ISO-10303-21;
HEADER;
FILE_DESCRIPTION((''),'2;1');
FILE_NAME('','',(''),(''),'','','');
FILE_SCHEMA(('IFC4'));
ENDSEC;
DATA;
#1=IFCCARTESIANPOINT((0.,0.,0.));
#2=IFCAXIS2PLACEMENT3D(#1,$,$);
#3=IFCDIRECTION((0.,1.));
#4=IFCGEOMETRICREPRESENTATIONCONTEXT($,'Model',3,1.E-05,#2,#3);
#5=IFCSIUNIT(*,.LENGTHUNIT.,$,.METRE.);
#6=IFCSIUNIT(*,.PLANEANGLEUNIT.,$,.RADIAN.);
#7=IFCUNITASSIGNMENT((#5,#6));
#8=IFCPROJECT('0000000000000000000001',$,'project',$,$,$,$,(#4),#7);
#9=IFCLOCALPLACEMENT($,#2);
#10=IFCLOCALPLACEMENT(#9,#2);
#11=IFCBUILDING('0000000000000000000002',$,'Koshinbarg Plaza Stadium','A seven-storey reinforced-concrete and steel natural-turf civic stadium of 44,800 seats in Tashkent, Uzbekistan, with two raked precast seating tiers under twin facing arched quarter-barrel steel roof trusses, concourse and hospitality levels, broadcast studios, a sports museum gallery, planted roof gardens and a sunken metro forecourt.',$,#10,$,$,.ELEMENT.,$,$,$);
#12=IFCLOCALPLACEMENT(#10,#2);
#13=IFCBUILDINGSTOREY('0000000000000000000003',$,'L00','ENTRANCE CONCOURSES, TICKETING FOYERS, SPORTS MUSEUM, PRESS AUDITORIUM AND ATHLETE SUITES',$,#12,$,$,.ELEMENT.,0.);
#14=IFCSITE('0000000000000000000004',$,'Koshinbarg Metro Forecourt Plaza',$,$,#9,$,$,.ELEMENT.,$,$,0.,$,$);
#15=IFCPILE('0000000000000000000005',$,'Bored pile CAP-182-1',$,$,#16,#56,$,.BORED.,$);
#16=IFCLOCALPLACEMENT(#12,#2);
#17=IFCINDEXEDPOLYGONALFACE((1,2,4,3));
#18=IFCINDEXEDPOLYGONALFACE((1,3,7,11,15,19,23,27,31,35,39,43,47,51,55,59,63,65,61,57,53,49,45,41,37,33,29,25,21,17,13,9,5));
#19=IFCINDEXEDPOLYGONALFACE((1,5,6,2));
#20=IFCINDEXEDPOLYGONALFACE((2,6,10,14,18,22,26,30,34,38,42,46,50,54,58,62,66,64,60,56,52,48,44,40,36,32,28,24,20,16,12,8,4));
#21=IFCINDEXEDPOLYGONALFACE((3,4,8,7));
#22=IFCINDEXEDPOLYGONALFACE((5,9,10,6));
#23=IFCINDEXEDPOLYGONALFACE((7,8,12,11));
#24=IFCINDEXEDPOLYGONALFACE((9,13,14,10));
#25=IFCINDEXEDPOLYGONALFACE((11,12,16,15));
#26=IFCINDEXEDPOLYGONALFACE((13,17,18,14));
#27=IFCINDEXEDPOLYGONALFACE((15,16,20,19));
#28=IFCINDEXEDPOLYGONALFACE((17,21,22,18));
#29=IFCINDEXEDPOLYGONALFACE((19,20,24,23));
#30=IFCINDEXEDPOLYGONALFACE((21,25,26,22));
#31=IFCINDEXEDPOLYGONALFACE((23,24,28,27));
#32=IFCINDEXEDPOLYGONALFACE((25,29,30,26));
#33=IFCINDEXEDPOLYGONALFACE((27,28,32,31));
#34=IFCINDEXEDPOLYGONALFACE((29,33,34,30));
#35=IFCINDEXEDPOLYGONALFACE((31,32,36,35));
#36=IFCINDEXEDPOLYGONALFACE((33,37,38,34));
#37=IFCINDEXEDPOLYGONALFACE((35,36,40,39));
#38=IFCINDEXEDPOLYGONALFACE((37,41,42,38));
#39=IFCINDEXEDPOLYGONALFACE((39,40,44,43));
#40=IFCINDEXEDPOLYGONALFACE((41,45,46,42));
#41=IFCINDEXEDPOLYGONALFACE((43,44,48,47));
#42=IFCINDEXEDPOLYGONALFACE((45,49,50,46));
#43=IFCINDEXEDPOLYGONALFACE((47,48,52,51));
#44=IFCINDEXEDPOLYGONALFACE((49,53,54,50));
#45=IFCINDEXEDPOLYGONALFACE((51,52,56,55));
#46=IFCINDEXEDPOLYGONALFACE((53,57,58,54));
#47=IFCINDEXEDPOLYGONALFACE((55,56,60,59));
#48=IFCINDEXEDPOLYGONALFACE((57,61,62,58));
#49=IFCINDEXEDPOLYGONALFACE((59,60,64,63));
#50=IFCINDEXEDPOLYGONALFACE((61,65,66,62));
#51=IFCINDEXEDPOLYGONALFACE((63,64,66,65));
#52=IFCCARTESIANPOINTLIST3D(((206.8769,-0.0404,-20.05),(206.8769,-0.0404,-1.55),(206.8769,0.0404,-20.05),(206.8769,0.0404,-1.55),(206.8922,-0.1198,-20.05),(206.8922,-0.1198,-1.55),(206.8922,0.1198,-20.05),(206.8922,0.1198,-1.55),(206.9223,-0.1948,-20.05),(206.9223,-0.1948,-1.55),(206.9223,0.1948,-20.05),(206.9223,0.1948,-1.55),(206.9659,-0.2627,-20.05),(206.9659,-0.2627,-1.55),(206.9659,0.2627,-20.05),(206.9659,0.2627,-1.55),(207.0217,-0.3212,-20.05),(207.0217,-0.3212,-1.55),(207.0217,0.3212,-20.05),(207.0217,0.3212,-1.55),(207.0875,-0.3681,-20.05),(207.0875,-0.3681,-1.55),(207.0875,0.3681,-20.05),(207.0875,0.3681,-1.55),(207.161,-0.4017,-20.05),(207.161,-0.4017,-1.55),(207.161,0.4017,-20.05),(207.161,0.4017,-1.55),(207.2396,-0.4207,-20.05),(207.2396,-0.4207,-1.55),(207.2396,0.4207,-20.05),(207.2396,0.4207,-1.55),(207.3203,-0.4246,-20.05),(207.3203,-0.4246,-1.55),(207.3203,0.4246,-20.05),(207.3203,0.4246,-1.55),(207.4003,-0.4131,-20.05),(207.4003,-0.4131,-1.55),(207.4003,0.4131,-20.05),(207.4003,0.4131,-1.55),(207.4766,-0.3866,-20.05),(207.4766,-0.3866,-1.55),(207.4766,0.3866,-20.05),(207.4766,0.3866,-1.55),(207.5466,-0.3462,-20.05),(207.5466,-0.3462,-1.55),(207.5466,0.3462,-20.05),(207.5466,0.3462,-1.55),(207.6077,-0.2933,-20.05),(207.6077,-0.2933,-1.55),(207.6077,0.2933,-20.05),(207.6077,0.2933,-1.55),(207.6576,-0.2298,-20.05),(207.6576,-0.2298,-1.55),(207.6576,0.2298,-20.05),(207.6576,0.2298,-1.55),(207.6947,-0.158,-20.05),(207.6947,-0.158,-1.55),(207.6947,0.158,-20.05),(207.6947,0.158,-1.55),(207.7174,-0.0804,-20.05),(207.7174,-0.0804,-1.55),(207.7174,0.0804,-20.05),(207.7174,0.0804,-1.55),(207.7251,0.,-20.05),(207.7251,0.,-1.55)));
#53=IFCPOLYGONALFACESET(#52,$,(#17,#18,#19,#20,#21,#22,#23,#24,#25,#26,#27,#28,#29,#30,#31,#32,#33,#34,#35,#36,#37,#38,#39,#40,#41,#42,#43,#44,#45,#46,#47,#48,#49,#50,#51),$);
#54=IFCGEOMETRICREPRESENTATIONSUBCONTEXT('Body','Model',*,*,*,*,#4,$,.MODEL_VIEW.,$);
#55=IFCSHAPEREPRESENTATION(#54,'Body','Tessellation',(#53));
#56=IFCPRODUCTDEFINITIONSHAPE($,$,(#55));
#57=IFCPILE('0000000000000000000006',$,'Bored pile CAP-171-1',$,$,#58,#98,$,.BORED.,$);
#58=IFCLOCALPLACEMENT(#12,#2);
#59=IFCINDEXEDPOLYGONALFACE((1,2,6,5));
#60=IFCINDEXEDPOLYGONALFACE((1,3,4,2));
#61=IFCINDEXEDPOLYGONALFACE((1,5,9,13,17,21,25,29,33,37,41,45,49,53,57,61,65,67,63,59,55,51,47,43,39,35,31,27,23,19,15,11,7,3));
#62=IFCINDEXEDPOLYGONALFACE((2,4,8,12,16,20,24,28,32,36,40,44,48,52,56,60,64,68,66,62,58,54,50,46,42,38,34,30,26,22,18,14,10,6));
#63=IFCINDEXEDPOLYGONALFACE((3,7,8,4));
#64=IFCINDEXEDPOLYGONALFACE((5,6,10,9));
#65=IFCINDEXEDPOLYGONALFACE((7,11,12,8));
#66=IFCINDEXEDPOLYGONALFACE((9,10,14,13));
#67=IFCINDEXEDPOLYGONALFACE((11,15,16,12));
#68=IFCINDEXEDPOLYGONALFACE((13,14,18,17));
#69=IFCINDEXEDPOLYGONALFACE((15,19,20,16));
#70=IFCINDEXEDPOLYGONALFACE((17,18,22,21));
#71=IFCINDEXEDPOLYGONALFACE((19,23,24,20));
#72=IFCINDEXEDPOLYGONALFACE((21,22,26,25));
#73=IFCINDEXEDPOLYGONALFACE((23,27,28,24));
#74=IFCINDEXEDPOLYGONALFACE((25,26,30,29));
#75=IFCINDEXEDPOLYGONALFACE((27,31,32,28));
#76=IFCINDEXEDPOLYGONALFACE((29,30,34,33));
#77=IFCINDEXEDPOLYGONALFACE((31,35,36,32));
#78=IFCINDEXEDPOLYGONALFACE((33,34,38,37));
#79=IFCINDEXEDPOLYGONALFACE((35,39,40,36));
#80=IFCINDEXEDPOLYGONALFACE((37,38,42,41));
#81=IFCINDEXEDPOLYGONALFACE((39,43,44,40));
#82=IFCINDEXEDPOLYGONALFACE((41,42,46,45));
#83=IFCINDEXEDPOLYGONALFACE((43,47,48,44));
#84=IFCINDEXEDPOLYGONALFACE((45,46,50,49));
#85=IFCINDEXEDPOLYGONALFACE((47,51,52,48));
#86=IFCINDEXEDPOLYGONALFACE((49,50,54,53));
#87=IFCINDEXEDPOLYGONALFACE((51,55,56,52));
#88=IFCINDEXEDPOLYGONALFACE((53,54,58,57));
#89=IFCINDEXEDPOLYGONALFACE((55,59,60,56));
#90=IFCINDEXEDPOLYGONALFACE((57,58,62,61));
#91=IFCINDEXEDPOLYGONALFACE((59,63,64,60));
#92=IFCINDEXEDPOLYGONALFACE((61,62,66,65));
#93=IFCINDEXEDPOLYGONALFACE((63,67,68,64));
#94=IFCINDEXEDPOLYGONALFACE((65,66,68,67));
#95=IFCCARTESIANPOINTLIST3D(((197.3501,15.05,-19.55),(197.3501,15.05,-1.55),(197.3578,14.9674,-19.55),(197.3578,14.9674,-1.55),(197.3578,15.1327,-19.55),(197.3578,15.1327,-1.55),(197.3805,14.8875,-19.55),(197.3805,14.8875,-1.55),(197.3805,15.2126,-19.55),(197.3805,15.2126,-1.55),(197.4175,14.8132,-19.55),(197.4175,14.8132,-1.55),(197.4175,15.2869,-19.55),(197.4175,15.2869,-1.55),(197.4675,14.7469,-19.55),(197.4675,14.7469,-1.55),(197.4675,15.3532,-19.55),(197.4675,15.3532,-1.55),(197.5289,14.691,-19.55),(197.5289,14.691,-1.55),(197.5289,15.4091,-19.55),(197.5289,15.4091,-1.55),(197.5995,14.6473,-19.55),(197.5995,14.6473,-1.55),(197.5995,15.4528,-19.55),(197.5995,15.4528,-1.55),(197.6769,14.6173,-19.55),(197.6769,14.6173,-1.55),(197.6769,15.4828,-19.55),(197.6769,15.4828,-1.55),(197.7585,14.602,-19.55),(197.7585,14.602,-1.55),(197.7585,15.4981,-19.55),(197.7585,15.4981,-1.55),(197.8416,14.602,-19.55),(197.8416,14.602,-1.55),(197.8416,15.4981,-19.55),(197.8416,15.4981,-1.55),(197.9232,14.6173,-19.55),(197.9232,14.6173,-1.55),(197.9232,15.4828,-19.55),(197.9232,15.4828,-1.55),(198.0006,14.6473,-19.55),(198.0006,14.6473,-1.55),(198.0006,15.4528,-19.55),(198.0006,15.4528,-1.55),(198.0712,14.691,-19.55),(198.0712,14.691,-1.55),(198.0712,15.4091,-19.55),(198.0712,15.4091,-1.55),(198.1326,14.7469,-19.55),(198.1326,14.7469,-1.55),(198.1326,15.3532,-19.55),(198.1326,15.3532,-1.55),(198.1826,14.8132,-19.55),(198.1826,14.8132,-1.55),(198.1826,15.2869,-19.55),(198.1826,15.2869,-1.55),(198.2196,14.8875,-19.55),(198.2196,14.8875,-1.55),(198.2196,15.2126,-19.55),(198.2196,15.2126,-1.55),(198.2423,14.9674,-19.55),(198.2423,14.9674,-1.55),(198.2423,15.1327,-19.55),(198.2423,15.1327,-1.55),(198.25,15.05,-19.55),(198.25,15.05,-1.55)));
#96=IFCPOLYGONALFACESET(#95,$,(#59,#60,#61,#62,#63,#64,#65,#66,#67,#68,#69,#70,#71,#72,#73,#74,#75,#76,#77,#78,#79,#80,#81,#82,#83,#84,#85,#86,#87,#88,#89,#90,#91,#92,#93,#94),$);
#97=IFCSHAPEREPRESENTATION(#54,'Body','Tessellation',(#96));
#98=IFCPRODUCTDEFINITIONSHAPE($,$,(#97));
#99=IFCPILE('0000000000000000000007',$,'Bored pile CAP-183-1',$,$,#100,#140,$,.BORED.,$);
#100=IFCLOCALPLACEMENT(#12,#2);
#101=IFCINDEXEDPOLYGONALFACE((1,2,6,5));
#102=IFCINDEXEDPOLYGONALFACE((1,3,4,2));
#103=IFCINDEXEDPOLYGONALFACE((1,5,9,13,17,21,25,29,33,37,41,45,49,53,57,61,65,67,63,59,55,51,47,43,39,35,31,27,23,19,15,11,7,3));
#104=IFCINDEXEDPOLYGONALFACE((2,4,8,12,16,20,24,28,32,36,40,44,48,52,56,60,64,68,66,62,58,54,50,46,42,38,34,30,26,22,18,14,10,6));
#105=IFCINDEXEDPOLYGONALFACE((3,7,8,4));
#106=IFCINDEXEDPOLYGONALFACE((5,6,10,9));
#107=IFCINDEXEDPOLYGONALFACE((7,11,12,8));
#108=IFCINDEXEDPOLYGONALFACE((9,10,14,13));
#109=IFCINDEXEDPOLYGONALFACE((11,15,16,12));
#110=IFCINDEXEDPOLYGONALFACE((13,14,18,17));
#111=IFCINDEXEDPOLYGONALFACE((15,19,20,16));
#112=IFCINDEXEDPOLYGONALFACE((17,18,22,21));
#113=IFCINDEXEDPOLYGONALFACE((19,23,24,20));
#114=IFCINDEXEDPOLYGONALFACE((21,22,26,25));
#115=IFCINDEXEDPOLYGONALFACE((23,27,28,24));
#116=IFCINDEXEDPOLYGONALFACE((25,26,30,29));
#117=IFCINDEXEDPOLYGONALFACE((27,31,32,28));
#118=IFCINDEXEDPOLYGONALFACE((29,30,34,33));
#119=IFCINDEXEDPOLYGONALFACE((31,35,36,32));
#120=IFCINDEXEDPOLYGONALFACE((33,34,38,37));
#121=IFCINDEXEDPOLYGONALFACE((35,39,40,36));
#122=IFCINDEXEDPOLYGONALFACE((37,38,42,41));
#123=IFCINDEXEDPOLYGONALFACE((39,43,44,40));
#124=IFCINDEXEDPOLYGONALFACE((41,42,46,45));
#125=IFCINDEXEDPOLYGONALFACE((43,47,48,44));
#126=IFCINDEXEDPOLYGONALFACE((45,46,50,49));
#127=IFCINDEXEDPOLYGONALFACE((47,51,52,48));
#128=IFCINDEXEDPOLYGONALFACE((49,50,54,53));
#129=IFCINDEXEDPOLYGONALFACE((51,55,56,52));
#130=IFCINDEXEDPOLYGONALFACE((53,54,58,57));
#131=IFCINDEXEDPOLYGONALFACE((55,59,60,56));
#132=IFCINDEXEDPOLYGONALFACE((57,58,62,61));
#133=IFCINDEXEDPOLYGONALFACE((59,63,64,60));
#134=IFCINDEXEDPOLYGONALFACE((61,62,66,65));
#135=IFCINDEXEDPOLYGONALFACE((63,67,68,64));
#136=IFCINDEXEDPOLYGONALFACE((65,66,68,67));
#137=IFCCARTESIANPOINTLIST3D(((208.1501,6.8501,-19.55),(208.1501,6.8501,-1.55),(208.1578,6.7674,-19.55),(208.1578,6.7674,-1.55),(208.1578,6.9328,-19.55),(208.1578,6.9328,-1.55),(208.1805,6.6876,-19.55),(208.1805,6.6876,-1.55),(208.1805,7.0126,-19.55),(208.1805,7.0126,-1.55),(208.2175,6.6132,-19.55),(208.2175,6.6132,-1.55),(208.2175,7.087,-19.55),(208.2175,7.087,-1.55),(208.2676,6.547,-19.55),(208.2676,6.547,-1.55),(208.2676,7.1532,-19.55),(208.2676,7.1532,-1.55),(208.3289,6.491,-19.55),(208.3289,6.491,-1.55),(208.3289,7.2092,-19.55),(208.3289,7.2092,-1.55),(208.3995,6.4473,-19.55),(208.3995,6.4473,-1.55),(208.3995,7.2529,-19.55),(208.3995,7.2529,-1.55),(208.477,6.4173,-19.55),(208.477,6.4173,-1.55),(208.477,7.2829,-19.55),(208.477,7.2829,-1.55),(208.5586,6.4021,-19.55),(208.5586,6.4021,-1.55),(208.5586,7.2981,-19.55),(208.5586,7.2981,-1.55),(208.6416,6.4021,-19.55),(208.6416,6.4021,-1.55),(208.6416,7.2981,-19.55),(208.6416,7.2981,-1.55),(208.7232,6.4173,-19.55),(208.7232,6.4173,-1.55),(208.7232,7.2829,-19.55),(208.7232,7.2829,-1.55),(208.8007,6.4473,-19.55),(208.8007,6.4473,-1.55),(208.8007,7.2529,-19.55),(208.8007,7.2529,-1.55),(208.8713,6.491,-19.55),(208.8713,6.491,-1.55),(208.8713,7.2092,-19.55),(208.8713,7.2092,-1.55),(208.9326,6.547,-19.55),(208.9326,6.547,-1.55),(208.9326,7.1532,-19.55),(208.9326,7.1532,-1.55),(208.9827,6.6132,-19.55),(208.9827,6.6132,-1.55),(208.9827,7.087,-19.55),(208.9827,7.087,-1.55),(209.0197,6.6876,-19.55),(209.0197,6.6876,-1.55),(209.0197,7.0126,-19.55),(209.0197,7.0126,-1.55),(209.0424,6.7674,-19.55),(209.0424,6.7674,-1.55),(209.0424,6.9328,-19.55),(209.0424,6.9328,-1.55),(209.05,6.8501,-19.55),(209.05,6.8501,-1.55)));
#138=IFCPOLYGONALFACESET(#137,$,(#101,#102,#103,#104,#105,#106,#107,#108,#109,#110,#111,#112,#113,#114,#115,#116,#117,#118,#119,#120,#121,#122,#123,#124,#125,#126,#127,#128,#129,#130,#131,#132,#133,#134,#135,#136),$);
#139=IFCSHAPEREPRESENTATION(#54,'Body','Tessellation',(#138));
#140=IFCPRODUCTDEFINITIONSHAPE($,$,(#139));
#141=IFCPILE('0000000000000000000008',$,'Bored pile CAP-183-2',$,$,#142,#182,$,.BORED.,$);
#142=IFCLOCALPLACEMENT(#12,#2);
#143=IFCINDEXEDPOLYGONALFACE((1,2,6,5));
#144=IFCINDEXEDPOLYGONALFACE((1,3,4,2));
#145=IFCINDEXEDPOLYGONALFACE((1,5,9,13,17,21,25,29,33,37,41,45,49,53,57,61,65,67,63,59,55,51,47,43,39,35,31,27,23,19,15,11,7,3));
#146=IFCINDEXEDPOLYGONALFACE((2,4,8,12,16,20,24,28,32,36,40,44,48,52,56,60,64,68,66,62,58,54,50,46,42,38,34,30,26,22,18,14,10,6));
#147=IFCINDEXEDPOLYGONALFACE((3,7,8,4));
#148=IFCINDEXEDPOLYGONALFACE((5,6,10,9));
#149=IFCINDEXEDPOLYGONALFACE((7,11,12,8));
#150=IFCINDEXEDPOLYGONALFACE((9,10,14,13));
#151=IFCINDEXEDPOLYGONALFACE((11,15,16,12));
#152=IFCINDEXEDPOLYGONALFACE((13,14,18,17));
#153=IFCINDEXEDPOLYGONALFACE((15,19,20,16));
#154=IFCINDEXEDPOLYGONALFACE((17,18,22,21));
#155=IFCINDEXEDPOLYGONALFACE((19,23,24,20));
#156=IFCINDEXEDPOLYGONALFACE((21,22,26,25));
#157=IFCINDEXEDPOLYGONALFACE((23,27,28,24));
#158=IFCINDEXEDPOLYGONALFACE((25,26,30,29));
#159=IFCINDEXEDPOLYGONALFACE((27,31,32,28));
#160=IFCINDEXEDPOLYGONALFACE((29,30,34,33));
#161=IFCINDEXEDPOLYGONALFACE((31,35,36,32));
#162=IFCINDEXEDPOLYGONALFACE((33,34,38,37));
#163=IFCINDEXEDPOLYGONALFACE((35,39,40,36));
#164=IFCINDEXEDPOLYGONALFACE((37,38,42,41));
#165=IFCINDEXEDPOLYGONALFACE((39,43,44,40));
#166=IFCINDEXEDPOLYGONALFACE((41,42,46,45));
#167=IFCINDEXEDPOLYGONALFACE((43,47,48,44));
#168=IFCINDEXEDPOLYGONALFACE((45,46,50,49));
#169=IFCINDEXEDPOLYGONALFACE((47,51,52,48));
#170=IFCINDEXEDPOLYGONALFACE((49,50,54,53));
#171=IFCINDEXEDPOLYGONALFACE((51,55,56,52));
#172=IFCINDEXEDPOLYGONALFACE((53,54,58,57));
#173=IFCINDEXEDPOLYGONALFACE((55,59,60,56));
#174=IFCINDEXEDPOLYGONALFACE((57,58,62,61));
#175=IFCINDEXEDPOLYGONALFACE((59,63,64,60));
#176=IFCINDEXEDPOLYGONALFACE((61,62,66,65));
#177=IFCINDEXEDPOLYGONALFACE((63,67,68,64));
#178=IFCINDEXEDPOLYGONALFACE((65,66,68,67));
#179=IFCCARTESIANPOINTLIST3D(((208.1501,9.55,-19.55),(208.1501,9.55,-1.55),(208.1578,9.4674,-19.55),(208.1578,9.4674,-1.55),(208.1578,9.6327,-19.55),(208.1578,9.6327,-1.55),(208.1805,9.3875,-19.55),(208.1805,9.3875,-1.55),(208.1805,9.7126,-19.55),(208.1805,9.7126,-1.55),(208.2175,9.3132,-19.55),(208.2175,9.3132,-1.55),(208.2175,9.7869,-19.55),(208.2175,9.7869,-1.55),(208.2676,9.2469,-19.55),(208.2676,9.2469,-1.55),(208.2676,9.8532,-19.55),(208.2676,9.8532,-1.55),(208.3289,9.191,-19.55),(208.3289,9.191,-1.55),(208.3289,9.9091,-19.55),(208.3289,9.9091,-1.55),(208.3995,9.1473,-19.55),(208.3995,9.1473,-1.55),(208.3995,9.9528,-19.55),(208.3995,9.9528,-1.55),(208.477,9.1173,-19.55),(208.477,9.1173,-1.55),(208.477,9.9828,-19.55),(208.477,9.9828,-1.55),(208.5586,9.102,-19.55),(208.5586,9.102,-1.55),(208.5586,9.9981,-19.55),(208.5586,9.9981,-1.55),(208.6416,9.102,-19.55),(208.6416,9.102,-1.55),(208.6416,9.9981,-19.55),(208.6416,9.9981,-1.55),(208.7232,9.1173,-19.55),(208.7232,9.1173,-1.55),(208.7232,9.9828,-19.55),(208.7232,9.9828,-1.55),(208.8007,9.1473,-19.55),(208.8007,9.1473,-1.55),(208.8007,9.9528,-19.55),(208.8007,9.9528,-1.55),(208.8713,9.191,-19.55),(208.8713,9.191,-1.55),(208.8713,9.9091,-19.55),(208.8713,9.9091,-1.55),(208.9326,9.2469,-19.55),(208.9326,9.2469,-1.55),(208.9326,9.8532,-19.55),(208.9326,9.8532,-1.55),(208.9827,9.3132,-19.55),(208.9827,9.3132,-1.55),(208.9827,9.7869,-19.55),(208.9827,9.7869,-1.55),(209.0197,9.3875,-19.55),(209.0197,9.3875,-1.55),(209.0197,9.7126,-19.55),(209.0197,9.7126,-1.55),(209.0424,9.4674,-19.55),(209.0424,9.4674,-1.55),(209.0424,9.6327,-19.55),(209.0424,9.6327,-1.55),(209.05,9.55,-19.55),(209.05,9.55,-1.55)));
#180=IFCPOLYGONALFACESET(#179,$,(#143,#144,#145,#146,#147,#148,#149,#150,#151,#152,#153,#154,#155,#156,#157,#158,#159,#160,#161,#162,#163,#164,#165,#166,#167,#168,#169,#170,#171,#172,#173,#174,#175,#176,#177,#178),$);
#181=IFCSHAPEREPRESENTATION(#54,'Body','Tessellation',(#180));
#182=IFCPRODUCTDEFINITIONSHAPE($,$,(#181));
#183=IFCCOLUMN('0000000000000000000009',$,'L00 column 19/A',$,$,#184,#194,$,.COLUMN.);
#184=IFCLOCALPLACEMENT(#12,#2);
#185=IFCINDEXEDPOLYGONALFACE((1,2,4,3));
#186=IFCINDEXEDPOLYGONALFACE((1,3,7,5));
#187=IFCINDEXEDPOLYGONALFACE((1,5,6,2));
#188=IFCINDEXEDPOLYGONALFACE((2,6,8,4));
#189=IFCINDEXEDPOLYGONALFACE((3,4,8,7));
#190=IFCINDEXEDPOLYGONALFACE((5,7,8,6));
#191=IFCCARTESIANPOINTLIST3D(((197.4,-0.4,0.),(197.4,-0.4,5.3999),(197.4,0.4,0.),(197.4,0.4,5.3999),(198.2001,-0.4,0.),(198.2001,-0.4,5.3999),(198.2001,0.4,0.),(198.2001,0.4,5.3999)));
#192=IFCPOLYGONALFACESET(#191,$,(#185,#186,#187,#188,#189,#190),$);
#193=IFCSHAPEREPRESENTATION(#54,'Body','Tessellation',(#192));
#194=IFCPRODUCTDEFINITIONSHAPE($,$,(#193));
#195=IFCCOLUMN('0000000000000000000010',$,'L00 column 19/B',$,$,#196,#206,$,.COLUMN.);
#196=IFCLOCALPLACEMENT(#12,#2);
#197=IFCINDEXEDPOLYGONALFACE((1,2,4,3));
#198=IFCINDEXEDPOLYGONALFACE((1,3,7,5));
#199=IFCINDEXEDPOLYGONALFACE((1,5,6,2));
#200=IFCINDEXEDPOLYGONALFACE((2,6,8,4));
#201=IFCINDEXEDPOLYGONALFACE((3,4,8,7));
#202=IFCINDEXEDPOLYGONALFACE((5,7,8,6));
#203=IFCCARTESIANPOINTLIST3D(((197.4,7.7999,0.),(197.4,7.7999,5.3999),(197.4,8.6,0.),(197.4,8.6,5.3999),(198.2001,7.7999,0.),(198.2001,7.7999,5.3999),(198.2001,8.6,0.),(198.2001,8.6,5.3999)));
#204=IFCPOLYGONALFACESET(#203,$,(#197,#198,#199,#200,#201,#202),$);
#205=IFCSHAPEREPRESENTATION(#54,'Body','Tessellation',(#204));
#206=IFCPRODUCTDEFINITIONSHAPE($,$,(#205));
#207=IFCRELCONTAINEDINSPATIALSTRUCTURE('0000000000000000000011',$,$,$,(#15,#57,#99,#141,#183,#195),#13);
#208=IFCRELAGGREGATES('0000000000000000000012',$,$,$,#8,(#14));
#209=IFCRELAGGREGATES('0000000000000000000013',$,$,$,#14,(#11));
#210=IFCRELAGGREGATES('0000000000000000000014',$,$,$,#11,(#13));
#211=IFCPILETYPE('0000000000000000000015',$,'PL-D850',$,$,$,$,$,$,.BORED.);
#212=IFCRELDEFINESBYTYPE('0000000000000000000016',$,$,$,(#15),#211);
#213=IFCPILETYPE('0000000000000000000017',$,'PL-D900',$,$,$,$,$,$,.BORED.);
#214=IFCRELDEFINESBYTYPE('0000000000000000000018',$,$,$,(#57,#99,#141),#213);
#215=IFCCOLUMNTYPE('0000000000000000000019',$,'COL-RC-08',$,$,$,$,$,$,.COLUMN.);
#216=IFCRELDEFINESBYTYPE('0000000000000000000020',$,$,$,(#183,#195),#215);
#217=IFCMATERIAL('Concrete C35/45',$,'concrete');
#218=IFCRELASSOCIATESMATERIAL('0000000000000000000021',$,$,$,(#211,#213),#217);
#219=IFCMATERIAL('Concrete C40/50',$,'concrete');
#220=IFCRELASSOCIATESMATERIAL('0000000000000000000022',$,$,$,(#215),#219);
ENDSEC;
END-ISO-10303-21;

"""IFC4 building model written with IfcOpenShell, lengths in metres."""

from ifc_helpers import new_model, si_unit, direction, frame, origin, origin_2d, place, context, subcontext, project, spatial, rectangle, circle, extrude, material, material_profile, profile_set, type_object, element, save


model = new_model("IFC4")

# Units and contexts
model_context = context("Model", 3, precision=1e-05, world=origin(), true_north=direction((0.0, 1.0)))
body_context = subcontext(model_context, "Body", "Model", "MODEL_VIEW")
ifc_project = project(units=[si_unit("LENGTHUNIT", "METRE"), si_unit("PLANEANGLEUNIT", "RADIAN")], contexts=[model_context])

# Site, building, storey
site_placement = place(None, origin())
site = spatial("IfcSite", under=ifc_project, at=site_placement, Name="Koshinbarg Metro Forecourt Plaza", CompositionType="ELEMENT", RefElevation=0.0)
building_placement = place(site_placement, origin())
building = spatial("IfcBuilding", under=site, at=building_placement, Name="Koshinbarg Plaza Stadium", Description="A seven-storey reinforced-concrete and steel natural-turf civic stadium of 44,800 seats in Tashkent, Uzbekistan, with two raked precast seating tiers under twin facing arched quarter-barrel steel roof trusses, concourse and hospitality levels, broadcast studios, a sports museum gallery, planted roof gardens and a sunken metro forecourt.", CompositionType="ELEMENT")
storey_placement = place(building_placement, origin())
storey = spatial("IfcBuildingStorey", under=building, at=storey_placement, Name="L00", Description="ENTRANCE CONCOURSES, TICKETING FOYERS, SPORTS MUSEUM, PRESS AUDITORIUM AND ATHLETE SUITES", CompositionType="ELEMENT", Elevation=0.0)

# Shared definitions
ifc_material_1 = material(Name="Concrete C35/45", Category="concrete")

# Piles
ifc_material_profile_1 = material_profile(ifc_material_1, circle(Radius=0.425, at=origin_2d()), Name="PILE D850")
ifc_profile_set_1 = profile_set([ifc_material_profile_1], Name="Concrete C35/45")
pile_type_1 = type_object("IfcPileType", Name="PL-D850", PredefinedType="BORED", material=ifc_profile_set_1)
for number, where, z_axis, x_axis, name in (
    (1, (207.3, 0.0, -1.55), (0.0, 0.0, -1.0), (1.0, 0.0, 0.0), "Bored pile CAP-182-1"),
):
    element("IfcPile", number, at=place(storey_placement, frame(where, z_axis=z_axis, x_axis=x_axis)), inside=storey, type_object=pile_type_1, Name=name, PredefinedType="BORED", context=body_context, shape_type="SweptSolid", body=[
        extrude(circle(Radius=0.425, at=origin_2d()), origin(), (0.0, 0.0, 1.0), 18.5),
    ])
ifc_material_profile_2 = material_profile(ifc_material_1, circle(Radius=0.45, at=origin_2d()), Name="PILE D900")
ifc_profile_set_2 = profile_set([ifc_material_profile_2], Name="Concrete C35/45")
pile_type_2 = type_object("IfcPileType", Name="PL-D900", PredefinedType="BORED", material=ifc_profile_set_2)
for number, where, z_axis, x_axis, name in (
    (2, (197.8, 15.05, -1.55), (0.0, 0.0, -1.0), (1.0, 0.0, 0.0), "Bored pile CAP-171-1"),
    (3, (208.6001, 6.8501, -1.55), (0.0, 0.0, -1.0), (1.0, 0.0, 0.0), "Bored pile CAP-183-1"),
    (4, (208.6001, 9.55, -1.55), (0.0, 0.0, -1.0), (1.0, 0.0, 0.0), "Bored pile CAP-183-2"),
):
    element("IfcPile", number, at=place(storey_placement, frame(where, z_axis=z_axis, x_axis=x_axis)), inside=storey, type_object=pile_type_2, Name=name, PredefinedType="BORED", context=body_context, shape_type="SweptSolid", body=[
        extrude(circle(Radius=0.45, at=origin_2d()), origin(), (0.0, 0.0, 1.0), 18.0),
    ])

# Columns
ifc_material_2 = material(Name="Concrete C40/50", Category="concrete")
ifc_material_profile_3 = material_profile(ifc_material_2, rectangle(XDim=0.8, YDim=0.8, at=origin_2d()), Name="RC 800x800")
ifc_profile_set_3 = profile_set([ifc_material_profile_3], Name="Concrete C40/50")
column_type_1 = type_object("IfcColumnType", Name="COL-RC-08", PredefinedType="COLUMN", material=ifc_profile_set_3)
for number, where, z_axis, x_axis, name in (
    (5, (197.8, 0.0, 0.0), (0.0, 0.0, 1.0), (1.0, 0.0, 0.0), "L00 column 19/A"),
    (6, (197.8, 8.2, 0.0), (0.0, 0.0, 1.0), (1.0, 0.0, 0.0), "L00 column 19/B"),
):
    element("IfcColumn", number, at=place(storey_placement, frame(where, z_axis=z_axis, x_axis=x_axis)), inside=storey, type_object=column_type_1, Name=name, PredefinedType="COLUMN", context=body_context, shape_type="SweptSolid", body=[
        extrude(rectangle(XDim=0.8, YDim=0.8, at=origin_2d()), origin(), (0.0, 0.0, 1.0), 5.3999),
    ])

save(model, "model.ifc")
